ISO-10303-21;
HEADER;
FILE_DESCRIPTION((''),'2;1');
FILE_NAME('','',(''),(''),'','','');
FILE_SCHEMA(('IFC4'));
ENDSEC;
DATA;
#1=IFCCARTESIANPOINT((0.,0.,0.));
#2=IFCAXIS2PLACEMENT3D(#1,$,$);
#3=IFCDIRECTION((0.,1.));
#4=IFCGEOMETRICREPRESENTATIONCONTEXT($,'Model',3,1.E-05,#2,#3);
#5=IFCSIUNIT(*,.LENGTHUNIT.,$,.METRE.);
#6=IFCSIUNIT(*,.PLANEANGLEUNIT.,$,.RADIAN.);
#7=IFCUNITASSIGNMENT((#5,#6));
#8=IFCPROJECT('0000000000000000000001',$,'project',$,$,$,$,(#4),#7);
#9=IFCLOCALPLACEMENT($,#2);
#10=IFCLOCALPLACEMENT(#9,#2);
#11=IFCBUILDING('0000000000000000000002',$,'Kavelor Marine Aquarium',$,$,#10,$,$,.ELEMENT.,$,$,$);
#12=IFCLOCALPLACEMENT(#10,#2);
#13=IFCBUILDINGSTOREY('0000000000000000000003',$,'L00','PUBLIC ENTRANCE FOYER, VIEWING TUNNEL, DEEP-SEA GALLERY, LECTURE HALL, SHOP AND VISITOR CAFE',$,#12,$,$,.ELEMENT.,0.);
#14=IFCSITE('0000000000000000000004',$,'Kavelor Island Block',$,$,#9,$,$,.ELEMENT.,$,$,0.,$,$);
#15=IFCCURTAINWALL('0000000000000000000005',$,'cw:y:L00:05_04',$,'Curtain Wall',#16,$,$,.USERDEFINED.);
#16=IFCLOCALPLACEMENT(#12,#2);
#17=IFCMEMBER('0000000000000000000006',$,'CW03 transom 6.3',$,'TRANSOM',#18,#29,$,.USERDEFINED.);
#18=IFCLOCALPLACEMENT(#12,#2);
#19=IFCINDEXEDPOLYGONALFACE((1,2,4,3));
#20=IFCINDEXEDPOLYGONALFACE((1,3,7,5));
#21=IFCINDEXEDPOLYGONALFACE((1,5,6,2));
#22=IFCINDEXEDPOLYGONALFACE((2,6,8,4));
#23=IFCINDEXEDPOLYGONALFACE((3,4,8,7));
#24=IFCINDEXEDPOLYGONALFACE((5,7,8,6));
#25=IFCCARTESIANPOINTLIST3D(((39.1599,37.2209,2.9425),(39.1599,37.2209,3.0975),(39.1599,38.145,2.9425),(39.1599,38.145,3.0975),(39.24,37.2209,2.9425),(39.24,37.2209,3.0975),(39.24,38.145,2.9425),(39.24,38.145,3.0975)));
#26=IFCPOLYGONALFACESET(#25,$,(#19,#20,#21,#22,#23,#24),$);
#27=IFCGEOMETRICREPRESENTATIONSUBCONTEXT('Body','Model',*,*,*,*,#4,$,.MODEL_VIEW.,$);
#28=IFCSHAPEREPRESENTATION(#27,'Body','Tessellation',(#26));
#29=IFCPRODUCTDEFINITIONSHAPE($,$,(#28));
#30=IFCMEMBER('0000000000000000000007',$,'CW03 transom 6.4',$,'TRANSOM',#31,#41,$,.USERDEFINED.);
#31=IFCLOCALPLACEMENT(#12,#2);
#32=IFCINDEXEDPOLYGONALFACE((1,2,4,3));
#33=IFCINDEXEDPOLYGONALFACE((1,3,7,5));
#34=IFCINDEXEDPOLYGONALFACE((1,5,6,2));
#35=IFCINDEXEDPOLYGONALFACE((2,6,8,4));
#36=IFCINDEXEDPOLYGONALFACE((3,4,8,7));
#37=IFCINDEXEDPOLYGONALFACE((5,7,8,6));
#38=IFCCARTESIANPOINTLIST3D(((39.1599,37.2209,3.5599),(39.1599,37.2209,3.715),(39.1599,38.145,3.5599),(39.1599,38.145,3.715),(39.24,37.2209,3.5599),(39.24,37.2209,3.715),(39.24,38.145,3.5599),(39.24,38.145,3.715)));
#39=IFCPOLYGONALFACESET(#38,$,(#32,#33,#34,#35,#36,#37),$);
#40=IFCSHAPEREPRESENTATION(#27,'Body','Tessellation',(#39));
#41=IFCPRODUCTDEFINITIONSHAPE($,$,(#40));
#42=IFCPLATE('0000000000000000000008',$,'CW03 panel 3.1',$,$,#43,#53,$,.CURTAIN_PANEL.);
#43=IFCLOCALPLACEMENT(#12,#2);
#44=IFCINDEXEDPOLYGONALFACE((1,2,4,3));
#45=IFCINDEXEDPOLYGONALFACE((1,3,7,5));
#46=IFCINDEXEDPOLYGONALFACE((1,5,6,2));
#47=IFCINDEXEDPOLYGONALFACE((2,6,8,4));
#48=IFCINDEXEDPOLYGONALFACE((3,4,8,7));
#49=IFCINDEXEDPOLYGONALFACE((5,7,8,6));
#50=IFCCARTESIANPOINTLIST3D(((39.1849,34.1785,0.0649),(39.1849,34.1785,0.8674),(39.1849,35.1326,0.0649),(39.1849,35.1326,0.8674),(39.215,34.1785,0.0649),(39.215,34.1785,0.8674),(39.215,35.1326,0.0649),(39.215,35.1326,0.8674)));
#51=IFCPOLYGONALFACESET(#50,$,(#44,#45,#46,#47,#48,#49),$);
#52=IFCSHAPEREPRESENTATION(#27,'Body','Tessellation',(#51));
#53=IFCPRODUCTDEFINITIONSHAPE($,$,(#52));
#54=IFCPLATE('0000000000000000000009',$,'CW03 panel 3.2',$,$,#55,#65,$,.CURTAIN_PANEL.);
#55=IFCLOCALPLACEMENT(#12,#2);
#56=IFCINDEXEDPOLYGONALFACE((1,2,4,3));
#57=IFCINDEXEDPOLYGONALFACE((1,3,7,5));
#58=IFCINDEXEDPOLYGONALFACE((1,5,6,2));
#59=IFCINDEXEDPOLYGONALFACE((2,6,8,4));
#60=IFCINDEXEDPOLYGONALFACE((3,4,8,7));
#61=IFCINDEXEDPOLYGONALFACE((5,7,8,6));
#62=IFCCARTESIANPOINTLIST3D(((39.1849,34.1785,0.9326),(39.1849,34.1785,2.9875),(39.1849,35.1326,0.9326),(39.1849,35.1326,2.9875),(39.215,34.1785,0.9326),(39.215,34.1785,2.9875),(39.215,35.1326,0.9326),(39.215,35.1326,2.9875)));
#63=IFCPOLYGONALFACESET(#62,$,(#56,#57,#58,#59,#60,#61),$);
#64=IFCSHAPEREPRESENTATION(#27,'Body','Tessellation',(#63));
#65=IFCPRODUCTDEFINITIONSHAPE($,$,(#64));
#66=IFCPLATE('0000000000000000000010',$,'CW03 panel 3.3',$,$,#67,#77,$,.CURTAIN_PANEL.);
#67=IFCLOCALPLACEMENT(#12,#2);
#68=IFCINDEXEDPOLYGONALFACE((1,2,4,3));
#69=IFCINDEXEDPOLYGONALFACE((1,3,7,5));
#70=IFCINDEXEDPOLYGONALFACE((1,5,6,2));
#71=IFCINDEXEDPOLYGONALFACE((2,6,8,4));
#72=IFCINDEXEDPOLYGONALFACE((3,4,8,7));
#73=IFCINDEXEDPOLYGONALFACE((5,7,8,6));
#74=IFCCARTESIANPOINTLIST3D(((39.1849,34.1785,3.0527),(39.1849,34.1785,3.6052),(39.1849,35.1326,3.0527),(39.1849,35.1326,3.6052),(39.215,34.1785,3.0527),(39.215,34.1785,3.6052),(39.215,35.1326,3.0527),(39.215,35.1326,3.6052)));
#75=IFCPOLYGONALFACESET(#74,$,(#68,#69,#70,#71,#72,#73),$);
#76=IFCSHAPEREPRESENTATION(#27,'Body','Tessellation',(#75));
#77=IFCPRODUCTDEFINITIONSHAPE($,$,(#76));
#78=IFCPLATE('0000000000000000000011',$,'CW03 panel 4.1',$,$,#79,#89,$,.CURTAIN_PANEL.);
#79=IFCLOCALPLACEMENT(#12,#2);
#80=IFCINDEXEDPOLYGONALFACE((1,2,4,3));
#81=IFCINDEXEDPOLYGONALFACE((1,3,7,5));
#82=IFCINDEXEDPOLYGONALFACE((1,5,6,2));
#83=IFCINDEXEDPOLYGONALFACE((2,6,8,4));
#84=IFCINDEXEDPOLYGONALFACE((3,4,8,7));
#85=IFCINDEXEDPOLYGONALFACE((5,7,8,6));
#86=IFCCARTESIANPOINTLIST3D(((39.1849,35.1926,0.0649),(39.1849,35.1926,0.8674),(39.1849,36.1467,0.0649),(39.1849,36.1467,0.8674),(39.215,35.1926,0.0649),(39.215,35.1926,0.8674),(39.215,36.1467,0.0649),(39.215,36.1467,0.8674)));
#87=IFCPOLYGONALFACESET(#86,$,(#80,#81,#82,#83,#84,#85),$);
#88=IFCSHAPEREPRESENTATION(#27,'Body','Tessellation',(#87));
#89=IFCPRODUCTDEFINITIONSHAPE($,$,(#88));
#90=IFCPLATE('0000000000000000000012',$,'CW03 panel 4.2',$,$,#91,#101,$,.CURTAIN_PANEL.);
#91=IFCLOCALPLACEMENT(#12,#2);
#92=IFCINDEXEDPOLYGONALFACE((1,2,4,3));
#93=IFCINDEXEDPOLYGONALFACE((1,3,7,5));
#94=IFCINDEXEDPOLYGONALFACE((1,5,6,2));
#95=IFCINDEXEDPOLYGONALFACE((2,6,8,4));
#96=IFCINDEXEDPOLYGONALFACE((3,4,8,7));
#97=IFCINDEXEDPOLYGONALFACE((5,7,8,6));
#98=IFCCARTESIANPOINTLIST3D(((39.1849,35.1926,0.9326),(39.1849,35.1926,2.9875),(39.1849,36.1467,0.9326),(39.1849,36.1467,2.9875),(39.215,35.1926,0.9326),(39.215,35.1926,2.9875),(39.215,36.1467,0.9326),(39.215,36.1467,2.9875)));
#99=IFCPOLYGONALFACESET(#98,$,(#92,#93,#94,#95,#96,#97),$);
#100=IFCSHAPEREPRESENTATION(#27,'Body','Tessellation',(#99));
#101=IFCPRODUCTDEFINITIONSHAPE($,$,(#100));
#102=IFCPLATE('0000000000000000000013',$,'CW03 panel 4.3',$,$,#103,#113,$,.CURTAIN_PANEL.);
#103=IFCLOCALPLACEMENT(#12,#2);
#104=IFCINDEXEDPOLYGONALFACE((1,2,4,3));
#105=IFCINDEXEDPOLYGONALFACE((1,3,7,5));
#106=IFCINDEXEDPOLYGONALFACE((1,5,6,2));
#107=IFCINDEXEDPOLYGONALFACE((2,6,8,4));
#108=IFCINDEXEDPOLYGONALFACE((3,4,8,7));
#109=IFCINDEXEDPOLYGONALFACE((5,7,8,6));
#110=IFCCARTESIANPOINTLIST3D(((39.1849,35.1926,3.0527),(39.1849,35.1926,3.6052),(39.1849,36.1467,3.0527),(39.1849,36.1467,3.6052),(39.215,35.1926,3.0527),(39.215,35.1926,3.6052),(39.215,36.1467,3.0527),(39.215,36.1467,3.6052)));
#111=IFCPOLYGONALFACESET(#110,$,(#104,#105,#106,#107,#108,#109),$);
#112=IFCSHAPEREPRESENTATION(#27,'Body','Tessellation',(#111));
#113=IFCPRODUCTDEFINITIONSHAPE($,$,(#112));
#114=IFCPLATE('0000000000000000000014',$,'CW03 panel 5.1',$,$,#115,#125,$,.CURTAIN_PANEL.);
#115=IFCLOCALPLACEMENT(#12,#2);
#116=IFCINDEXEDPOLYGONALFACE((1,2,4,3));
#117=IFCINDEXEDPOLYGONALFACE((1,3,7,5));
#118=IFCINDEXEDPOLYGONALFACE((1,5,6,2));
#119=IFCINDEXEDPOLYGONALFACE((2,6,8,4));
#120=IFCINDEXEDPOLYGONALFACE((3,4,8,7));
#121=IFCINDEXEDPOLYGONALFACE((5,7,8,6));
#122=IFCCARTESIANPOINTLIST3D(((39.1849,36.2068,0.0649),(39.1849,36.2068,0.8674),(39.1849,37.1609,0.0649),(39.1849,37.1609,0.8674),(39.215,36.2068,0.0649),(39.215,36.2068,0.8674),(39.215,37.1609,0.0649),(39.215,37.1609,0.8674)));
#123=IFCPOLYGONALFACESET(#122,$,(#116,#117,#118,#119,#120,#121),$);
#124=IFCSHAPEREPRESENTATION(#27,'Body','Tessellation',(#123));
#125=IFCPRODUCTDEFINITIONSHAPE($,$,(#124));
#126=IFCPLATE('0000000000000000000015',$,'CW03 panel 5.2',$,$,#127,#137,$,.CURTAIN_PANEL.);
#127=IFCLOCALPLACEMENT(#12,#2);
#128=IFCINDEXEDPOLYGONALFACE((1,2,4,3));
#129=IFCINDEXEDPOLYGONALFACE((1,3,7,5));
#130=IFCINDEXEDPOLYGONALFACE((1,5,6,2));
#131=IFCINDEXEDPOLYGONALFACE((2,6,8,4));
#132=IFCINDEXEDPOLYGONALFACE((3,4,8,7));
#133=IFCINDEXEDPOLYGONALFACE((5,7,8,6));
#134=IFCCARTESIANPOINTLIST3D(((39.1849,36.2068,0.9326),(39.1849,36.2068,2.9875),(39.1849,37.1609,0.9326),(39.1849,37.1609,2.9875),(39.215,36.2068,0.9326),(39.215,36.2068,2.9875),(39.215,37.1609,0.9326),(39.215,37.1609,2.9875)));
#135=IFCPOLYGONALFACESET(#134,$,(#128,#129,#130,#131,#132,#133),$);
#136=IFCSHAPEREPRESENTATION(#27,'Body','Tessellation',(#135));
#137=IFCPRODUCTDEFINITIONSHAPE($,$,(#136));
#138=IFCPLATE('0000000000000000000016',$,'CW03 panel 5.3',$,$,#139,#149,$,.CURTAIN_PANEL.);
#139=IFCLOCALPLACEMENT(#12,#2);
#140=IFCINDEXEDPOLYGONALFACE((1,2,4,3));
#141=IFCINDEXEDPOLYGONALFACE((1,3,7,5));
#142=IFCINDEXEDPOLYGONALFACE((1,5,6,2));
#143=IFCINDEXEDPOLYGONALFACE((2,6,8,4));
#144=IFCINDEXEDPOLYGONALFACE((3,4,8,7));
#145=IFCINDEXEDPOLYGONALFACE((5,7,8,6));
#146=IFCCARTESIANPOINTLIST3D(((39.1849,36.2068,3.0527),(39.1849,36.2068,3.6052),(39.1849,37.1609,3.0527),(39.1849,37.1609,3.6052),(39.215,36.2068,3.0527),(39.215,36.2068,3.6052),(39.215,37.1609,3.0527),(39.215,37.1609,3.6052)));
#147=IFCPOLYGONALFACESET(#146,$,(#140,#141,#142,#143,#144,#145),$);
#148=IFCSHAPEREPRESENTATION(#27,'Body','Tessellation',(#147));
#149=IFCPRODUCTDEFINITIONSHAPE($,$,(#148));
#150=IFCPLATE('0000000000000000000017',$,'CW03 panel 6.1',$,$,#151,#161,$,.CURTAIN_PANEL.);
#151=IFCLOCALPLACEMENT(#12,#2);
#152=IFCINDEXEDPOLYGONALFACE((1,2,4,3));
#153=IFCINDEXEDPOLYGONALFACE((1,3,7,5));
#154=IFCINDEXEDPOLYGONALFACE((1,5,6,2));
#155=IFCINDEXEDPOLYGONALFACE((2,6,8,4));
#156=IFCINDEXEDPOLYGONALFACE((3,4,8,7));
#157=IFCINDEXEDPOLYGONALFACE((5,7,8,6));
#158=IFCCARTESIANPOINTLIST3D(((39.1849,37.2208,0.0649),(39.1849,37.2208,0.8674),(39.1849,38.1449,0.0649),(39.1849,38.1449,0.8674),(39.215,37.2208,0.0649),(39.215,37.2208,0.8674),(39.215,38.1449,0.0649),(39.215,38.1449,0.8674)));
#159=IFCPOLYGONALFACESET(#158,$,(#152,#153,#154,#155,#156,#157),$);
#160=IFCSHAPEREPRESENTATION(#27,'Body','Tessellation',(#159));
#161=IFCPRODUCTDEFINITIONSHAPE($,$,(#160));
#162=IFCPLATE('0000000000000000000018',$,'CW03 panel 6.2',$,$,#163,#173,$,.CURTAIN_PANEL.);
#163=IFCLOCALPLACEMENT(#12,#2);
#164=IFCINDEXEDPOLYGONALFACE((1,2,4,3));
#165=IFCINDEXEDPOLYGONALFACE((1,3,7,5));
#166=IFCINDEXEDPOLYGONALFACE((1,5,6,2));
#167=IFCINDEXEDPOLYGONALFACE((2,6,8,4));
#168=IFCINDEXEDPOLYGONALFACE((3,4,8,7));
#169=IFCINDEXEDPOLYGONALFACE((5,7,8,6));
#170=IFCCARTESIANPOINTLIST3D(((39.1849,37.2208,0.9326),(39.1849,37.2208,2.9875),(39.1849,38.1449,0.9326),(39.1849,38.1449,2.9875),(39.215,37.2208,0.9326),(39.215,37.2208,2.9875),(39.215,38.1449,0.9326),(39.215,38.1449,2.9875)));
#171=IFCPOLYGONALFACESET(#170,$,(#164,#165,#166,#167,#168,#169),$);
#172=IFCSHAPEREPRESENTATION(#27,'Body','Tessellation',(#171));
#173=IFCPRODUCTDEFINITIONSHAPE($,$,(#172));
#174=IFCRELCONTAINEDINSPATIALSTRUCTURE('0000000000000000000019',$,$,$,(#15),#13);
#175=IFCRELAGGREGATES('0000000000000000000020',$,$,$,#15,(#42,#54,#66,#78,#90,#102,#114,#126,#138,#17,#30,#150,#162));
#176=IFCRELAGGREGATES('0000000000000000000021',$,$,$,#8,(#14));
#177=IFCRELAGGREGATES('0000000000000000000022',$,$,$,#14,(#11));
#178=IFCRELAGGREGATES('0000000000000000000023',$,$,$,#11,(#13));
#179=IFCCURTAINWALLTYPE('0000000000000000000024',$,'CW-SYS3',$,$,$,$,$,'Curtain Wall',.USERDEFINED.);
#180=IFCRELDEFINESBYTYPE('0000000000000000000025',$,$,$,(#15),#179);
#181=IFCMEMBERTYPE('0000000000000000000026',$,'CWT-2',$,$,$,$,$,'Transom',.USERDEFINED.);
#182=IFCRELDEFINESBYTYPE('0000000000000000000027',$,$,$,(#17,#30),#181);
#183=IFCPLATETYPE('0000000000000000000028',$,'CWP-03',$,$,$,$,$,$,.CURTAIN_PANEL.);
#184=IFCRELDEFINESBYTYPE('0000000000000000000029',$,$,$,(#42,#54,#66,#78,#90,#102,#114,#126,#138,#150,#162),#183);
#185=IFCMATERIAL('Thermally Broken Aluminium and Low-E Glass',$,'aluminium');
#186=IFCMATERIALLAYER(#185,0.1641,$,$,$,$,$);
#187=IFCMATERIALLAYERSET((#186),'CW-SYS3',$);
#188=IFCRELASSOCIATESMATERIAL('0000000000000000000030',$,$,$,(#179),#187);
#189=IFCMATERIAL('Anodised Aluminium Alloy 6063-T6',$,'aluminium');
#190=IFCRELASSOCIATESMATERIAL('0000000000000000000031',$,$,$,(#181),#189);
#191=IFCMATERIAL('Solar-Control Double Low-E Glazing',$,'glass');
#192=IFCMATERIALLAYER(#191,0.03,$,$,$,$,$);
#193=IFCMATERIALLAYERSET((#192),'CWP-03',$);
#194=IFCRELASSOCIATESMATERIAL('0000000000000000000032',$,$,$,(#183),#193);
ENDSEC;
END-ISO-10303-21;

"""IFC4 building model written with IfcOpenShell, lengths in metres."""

from ifc_helpers import new_model, si_unit, direction, frame, origin, origin_2d, place, context, subcontext, project, spatial, rectangle, extrude, material, layer, layer_set, material_profile, profile_set, type_object, element, aggregate, save


model = new_model("IFC4")

# Units and contexts
model_context = context("Model", 3, precision=1e-05, world=origin(), true_north=direction((0.0, 1.0)))
body_context = subcontext(model_context, "Body", "Model", "MODEL_VIEW")
ifc_project = project(units=[si_unit("LENGTHUNIT", "METRE"), si_unit("PLANEANGLEUNIT", "RADIAN")], contexts=[model_context])

# Site, building, storey
site_placement = place(None, origin())
site = spatial("IfcSite", under=ifc_project, at=site_placement, Name="Kavelor Island Block", CompositionType="ELEMENT", RefElevation=0.0)
building_placement = place(site_placement, origin())
building = spatial("IfcBuilding", under=site, at=building_placement, Name="Kavelor Marine Aquarium", CompositionType="ELEMENT")
storey_placement = place(building_placement, origin())
storey = spatial("IfcBuildingStorey", under=building, at=storey_placement, Name="L00", Description="PUBLIC ENTRANCE FOYER, VIEWING TUNNEL, DEEP-SEA GALLERY, LECTURE HALL, SHOP AND VISITOR CAFE", CompositionType="ELEMENT", Elevation=0.0)

# Curtain wall, members, plates
ifc_material_1 = material(Name="Thermally Broken Aluminium and Low-E Glass", Category="aluminium")
ifc_layer_1 = layer(ifc_material_1, 0.1641)
ifc_layer_set_1 = layer_set([ifc_layer_1], Name="CW-SYS3")
curtain_wall_type = type_object("IfcCurtainWallType", Name="CW-SYS3", ElementType="Curtain Wall", PredefinedType="USERDEFINED", material=ifc_layer_set_1)
curtain_wall_placement = place(storey_placement, origin())
curtain_wall = element("IfcCurtainWall", 1, at=curtain_wall_placement, inside=storey, type_object=curtain_wall_type, Name="cw:y:L00:05_04", ObjectType="Curtain Wall", PredefinedType="USERDEFINED")
ifc_material_2 = material(Name="Anodised Aluminium Alloy 6063-T6", Category="aluminium")
ifc_material_profile_1 = material_profile(ifc_material_2, rectangle(XDim=0.0801, YDim=0.155, at=origin_2d()), Name="CW-TRN 80x155")
ifc_profile_set_1 = profile_set([ifc_material_profile_1], Name="Anodised Aluminium Alloy 6063-T6")
member_type_1 = type_object("IfcMemberType", Name="CWT-2", ElementType="Transom", PredefinedType="USERDEFINED", material=ifc_profile_set_1)
member_1_placement = place(storey_placement, frame((39.2, 37.2209, 3.02), z_axis=(0.0, 1.0, 0.0), x_axis=(-1.0, 0.0, 0.0)))
member_1 = element("IfcMember", 2, at=member_1_placement, type_object=member_type_1, Name="CW03 transom 6.3", ObjectType="TRANSOM", PredefinedType="USERDEFINED", context=body_context, shape_type="SweptSolid", body=[
    extrude(rectangle(XDim=0.0801, YDim=0.155, at=origin_2d()), origin(), (0.0, 0.0, 1.0), 0.9241),
])
member_2_placement = place(storey_placement, frame((39.2, 37.2209, 3.6375), z_axis=(0.0, 1.0, 0.0), x_axis=(-1.0, 0.0, 0.0)))
member_2 = element("IfcMember", 3, at=member_2_placement, type_object=member_type_1, Name="CW03 transom 6.4", ObjectType="TRANSOM", PredefinedType="USERDEFINED", context=body_context, shape_type="SweptSolid", body=[
    extrude(rectangle(XDim=0.0801, YDim=0.155, at=origin_2d()), origin(), (0.0, 0.0, 1.0), 0.9241),
])
ifc_material_3 = material(Name="Solar-Control Double Low-E Glazing", Category="glass")
ifc_layer_2 = layer(ifc_material_3, 0.03)
ifc_layer_set_2 = layer_set([ifc_layer_2], Name="CWP-03")
plate_type = type_object("IfcPlateType", Name="CWP-03", PredefinedType="CURTAIN_PANEL", material=ifc_layer_set_2)
plate_1_placement = place(storey_placement, frame((39.2, 34.6555, 0.0649), z_axis=(0.0, 0.0, 1.0), x_axis=(0.0, 1.0, 0.0)))
plate_1 = element("IfcPlate", 4, at=plate_1_placement, type_object=plate_type, Name="CW03 panel 3.1", PredefinedType="CURTAIN_PANEL", context=body_context, shape_type="SweptSolid", body=[
    extrude(rectangle(XDim=0.9541, YDim=0.03, at=origin_2d()), origin(), (0.0, 0.0, 1.0), 0.8025),
])
plate_2_placement = place(storey_placement, frame((39.2, 34.6555, 0.9326), z_axis=(0.0, 0.0, 1.0), x_axis=(0.0, 1.0, 0.0)))
plate_2 = element("IfcPlate", 5, at=plate_2_placement, type_object=plate_type, Name="CW03 panel 3.2", PredefinedType="CURTAIN_PANEL", context=body_context, shape_type="SweptSolid", body=[
    extrude(rectangle(XDim=0.9541, YDim=0.03, at=origin_2d()), origin(), (0.0, 0.0, 1.0), 2.0549),
])
plate_3_placement = place(storey_placement, frame((39.2, 34.6555, 3.0527), z_axis=(0.0, 0.0, 1.0), x_axis=(0.0, 1.0, 0.0)))
plate_3 = element("IfcPlate", 6, at=plate_3_placement, type_object=plate_type, Name="CW03 panel 3.3", PredefinedType="CURTAIN_PANEL", context=body_context, shape_type="SweptSolid", body=[
    extrude(rectangle(XDim=0.9541, YDim=0.03, at=origin_2d()), origin(), (0.0, 0.0, 1.0), 0.5525),
])
plate_4_placement = place(storey_placement, frame((39.2, 35.6697, 0.0649), z_axis=(0.0, 0.0, 1.0), x_axis=(0.0, 1.0, 0.0)))
plate_4 = element("IfcPlate", 7, at=plate_4_placement, type_object=plate_type, Name="CW03 panel 4.1", PredefinedType="CURTAIN_PANEL", context=body_context, shape_type="SweptSolid", body=[
    extrude(rectangle(XDim=0.9541, YDim=0.03, at=origin_2d()), origin(), (0.0, 0.0, 1.0), 0.8025),
])
plate_5_placement = place(storey_placement, frame((39.2, 35.6697, 0.9326), z_axis=(0.0, 0.0, 1.0), x_axis=(0.0, 1.0, 0.0)))
plate_5 = element("IfcPlate", 8, at=plate_5_placement, type_object=plate_type, Name="CW03 panel 4.2", PredefinedType="CURTAIN_PANEL", context=body_context, shape_type="SweptSolid", body=[
    extrude(rectangle(XDim=0.9541, YDim=0.03, at=origin_2d()), origin(), (0.0, 0.0, 1.0), 2.0549),
])
plate_6_placement = place(storey_placement, frame((39.2, 35.6697, 3.0527), z_axis=(0.0, 0.0, 1.0), x_axis=(0.0, 1.0, 0.0)))
plate_6 = element("IfcPlate", 9, at=plate_6_placement, type_object=plate_type, Name="CW03 panel 4.3", PredefinedType="CURTAIN_PANEL", context=body_context, shape_type="SweptSolid", body=[
    extrude(rectangle(XDim=0.9541, YDim=0.03, at=origin_2d()), origin(), (0.0, 0.0, 1.0), 0.5525),
])
plate_7_placement = place(storey_placement, frame((39.2, 36.6838, 0.0649), z_axis=(0.0, 0.0, 1.0), x_axis=(0.0, 1.0, 0.0)))
plate_7 = element("IfcPlate", 10, at=plate_7_placement, type_object=plate_type, Name="CW03 panel 5.1", PredefinedType="CURTAIN_PANEL", context=body_context, shape_type="SweptSolid", body=[
    extrude(rectangle(XDim=0.9541, YDim=0.03, at=origin_2d()), origin(), (0.0, 0.0, 1.0), 0.8025),
])
plate_8_placement = place(storey_placement, frame((39.2, 36.6838, 0.9326), z_axis=(0.0, 0.0, 1.0), x_axis=(0.0, 1.0, 0.0)))
plate_8 = element("IfcPlate", 11, at=plate_8_placement, type_object=plate_type, Name="CW03 panel 5.2", PredefinedType="CURTAIN_PANEL", context=body_context, shape_type="SweptSolid", body=[
    extrude(rectangle(XDim=0.9541, YDim=0.03, at=origin_2d()), origin(), (0.0, 0.0, 1.0), 2.0549),
])
plate_9_placement = place(storey_placement, frame((39.2, 36.6838, 3.0527), z_axis=(0.0, 0.0, 1.0), x_axis=(0.0, 1.0, 0.0)))
plate_9 = element("IfcPlate", 12, at=plate_9_placement, type_object=plate_type, Name="CW03 panel 5.3", PredefinedType="CURTAIN_PANEL", context=body_context, shape_type="SweptSolid", body=[
    extrude(rectangle(XDim=0.9541, YDim=0.03, at=origin_2d()), origin(), (0.0, 0.0, 1.0), 0.5525),
])
plate_10_placement = place(storey_placement, frame((39.2, 37.6829, 0.0649), z_axis=(0.0, 0.0, 1.0), x_axis=(0.0, 1.0, 0.0)))
plate_10 = element("IfcPlate", 13, at=plate_10_placement, type_object=plate_type, Name="CW03 panel 6.1", PredefinedType="CURTAIN_PANEL", context=body_context, shape_type="SweptSolid", body=[
    extrude(rectangle(XDim=0.9241, YDim=0.03, at=origin_2d()), origin(), (0.0, 0.0, 1.0), 0.8025),
])
plate_11_placement = place(storey_placement, frame((39.2, 37.6829, 0.9326), z_axis=(0.0, 0.0, 1.0), x_axis=(0.0, 1.0, 0.0)))
plate_11 = element("IfcPlate", 14, at=plate_11_placement, type_object=plate_type, Name="CW03 panel 6.2", PredefinedType="CURTAIN_PANEL", context=body_context, shape_type="SweptSolid", body=[
    extrude(rectangle(XDim=0.9241, YDim=0.03, at=origin_2d()), origin(), (0.0, 0.0, 1.0), 2.0549),
])
aggregate(curtain_wall, [plate_1, plate_2, plate_3, plate_4, plate_5, plate_6, plate_7, plate_8, plate_9, member_1, member_2, plate_10, plate_11])

save(model, "model.ifc")
